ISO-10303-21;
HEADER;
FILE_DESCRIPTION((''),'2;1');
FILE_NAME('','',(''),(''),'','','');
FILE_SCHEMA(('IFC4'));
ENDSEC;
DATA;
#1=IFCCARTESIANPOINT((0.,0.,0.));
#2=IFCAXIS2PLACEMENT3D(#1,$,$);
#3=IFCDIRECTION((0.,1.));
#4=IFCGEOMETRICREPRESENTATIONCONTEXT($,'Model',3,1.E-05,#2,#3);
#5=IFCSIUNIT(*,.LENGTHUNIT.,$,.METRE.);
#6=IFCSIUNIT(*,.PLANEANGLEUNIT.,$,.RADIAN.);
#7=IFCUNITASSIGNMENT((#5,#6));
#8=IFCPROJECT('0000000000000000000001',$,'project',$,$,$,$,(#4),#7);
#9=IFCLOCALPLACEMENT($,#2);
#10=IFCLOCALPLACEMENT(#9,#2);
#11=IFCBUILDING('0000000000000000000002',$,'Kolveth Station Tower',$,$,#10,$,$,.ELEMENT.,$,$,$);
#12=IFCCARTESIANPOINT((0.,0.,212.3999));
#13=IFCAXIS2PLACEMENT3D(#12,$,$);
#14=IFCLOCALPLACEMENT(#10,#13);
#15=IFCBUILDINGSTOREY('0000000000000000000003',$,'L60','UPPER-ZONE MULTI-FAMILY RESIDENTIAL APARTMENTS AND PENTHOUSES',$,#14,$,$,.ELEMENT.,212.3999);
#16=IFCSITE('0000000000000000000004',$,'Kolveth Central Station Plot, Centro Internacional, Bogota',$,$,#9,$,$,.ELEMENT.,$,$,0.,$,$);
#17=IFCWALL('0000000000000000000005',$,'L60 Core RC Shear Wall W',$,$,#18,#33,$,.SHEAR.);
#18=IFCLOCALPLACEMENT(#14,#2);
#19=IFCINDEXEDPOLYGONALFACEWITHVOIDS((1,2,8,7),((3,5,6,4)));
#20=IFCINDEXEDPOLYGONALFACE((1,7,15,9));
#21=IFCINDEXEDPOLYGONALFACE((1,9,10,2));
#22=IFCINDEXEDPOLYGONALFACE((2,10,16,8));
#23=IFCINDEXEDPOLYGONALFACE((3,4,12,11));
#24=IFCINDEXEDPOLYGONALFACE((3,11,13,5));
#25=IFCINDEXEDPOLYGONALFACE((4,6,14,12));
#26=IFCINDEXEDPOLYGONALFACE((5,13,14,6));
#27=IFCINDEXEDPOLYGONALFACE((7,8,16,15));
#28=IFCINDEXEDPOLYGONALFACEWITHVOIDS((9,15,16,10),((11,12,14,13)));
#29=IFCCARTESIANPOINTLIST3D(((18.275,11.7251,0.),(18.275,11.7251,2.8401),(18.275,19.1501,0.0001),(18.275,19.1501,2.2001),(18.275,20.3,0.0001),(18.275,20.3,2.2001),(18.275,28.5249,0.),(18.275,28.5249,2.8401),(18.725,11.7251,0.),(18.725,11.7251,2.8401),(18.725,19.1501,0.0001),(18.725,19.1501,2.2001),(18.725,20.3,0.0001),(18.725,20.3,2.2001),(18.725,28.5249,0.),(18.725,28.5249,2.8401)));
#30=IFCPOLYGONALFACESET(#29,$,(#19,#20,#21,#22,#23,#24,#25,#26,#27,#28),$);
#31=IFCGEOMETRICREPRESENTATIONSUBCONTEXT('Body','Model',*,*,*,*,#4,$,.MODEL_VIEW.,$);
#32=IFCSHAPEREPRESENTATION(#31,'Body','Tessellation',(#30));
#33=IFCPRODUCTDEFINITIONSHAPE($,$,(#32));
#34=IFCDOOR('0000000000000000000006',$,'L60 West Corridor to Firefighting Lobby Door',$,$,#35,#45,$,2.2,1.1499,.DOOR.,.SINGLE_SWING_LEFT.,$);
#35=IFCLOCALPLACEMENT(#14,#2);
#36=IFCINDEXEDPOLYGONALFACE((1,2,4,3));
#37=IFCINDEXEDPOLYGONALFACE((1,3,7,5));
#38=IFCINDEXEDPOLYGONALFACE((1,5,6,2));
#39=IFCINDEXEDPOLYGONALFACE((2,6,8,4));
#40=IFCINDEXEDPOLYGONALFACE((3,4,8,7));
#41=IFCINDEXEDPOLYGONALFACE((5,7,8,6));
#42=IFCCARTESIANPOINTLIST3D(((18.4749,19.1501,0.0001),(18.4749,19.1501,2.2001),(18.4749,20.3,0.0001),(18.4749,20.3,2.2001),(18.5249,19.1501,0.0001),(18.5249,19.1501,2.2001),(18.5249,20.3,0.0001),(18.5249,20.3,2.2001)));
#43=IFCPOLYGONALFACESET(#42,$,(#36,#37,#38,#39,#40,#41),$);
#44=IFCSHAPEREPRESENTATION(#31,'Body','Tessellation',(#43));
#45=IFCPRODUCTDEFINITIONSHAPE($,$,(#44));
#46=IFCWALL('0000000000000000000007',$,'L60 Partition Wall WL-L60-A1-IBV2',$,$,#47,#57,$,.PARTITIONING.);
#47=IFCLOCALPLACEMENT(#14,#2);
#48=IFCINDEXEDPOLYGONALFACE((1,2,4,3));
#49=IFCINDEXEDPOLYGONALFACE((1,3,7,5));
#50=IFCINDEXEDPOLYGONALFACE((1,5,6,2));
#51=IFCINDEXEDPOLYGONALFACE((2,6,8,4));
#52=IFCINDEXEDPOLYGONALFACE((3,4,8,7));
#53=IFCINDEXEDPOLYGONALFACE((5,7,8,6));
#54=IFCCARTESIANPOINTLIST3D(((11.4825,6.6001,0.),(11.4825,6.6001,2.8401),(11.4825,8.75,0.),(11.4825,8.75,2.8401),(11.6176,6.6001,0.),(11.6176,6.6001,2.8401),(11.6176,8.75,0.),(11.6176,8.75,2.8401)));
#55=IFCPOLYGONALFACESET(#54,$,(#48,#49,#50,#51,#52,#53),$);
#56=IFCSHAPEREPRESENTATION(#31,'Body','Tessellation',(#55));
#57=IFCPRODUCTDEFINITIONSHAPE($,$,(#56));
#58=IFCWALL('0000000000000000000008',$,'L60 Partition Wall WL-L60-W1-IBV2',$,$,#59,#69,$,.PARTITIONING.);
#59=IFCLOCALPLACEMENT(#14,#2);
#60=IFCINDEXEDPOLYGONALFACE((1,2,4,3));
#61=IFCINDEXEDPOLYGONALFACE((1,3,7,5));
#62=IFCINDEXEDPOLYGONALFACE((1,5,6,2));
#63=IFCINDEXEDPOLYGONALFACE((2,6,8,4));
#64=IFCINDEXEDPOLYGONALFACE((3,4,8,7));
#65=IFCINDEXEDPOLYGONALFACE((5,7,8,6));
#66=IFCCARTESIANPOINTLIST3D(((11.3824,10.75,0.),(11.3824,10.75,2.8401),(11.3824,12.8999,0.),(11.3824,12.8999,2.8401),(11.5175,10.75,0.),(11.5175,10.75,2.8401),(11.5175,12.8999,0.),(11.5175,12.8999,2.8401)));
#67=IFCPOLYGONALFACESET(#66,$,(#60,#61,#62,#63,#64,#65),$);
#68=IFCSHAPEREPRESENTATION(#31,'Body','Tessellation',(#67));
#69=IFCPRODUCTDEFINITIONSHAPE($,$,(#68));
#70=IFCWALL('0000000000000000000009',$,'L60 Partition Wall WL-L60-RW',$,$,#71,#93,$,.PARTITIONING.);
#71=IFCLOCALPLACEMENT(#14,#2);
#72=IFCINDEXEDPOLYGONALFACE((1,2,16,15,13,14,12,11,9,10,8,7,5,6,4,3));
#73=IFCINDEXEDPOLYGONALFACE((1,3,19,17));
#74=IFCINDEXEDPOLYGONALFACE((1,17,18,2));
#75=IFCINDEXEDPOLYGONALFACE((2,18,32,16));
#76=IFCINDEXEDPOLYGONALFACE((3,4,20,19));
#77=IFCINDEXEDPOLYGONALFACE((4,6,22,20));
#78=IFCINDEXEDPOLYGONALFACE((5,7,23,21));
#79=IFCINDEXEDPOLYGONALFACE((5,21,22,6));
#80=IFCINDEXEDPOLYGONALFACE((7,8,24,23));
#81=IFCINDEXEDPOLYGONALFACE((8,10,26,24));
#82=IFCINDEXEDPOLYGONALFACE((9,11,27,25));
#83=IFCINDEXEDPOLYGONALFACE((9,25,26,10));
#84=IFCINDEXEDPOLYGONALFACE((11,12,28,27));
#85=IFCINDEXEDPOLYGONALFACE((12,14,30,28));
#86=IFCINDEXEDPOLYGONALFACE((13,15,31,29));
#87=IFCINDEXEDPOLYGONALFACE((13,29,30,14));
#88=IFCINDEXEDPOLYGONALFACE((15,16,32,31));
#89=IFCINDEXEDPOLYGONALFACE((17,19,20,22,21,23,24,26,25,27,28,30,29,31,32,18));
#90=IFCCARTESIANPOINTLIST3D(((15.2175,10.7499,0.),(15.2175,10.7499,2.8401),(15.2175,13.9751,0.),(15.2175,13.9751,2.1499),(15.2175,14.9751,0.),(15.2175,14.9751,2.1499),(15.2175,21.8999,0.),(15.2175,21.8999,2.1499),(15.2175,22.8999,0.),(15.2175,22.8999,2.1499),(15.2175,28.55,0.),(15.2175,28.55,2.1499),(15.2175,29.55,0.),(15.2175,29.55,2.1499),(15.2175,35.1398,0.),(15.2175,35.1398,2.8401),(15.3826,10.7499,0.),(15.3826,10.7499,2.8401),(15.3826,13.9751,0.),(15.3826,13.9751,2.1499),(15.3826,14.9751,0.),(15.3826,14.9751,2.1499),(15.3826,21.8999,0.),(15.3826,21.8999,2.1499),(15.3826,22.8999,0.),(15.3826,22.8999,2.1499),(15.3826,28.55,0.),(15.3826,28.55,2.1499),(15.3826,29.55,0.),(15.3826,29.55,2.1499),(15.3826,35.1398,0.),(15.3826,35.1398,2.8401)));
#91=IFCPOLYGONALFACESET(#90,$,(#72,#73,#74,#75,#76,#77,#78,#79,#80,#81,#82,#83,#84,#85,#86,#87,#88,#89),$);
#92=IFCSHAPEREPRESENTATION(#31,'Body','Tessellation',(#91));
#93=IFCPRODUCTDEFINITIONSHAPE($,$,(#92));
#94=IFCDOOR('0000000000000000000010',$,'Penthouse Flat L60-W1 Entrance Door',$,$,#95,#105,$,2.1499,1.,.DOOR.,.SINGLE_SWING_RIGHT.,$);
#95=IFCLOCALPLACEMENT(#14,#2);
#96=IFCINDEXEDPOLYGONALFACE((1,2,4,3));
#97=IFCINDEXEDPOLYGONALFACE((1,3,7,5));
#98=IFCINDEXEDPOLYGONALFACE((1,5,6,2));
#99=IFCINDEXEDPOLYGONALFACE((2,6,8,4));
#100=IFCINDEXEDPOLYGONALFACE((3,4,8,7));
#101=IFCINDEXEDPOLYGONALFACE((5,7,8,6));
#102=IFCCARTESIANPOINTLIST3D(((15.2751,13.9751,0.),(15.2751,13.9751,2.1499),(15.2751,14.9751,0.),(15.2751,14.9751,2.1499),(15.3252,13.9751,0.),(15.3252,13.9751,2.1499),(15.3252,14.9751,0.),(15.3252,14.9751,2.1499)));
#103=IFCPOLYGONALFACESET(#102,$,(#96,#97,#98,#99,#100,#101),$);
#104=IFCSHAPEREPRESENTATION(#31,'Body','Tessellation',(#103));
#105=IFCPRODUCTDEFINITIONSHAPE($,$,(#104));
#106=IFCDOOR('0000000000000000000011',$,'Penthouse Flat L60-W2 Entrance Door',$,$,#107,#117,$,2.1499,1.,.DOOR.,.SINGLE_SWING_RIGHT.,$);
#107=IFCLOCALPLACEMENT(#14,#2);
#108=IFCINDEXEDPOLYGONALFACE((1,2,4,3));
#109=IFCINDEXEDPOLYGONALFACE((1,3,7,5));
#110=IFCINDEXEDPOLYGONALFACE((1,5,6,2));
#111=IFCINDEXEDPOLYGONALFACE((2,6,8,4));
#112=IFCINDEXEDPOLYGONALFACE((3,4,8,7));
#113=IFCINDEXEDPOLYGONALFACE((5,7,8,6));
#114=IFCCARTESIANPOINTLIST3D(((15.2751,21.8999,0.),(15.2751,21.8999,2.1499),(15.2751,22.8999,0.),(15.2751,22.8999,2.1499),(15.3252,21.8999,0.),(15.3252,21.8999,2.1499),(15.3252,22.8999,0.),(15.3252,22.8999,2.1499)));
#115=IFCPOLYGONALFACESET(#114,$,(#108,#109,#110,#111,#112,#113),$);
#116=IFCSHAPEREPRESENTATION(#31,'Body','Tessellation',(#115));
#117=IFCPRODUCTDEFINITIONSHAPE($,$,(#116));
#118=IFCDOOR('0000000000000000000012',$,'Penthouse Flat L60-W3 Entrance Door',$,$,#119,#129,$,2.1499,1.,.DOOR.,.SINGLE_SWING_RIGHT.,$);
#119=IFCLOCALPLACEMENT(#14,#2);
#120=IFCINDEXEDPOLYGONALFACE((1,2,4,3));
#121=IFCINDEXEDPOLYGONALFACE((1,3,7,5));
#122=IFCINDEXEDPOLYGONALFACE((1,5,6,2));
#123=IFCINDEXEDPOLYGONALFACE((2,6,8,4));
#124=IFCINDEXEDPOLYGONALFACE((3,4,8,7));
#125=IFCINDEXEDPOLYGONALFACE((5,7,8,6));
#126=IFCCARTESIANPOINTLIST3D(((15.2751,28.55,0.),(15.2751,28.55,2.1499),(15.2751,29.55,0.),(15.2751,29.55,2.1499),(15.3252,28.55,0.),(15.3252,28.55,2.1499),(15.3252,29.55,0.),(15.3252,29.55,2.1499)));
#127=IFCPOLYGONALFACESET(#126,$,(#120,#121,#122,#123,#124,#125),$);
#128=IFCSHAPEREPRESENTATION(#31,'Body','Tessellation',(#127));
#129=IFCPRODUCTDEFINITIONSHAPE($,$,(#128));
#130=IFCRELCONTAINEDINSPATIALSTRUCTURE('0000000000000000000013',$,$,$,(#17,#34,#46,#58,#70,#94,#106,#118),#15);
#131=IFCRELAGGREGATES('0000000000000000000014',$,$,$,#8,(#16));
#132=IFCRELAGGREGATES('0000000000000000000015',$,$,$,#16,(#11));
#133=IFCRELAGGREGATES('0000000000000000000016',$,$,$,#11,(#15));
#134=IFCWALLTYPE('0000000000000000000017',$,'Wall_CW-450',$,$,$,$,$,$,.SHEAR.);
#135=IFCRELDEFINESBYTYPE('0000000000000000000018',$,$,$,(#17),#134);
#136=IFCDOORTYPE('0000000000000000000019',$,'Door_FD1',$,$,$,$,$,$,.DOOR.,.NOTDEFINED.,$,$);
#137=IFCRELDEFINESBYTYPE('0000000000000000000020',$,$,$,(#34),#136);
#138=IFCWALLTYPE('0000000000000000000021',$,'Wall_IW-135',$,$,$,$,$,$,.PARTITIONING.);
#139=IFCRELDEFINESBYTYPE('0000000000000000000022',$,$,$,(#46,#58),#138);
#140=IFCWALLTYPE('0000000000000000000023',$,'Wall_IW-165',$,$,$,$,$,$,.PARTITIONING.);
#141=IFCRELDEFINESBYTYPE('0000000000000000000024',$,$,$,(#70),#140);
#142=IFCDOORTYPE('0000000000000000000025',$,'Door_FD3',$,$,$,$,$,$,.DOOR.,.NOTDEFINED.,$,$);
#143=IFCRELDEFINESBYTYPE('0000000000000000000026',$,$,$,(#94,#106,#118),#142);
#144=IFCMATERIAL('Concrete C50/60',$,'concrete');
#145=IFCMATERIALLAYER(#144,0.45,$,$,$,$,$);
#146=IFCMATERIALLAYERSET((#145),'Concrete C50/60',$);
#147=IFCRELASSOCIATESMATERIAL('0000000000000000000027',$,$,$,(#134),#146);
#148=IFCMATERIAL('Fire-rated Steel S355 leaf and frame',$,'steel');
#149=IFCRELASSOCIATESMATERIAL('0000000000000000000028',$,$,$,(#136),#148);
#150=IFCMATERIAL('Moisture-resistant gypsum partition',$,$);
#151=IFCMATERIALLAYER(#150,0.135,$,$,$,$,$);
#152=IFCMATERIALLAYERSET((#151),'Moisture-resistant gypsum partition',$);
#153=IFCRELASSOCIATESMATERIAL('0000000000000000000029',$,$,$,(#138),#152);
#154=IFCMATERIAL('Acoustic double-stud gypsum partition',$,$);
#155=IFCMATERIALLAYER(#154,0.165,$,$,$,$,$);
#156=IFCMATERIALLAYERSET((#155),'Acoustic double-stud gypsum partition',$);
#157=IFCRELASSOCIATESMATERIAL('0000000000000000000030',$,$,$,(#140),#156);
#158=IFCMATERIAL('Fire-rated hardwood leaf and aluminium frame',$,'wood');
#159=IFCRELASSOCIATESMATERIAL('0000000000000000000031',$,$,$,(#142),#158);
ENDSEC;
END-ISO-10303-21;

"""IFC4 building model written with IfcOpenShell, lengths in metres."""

from ifc_helpers import new_model, si_unit, direction, frame, frame_2d, origin, place, context, subcontext, project, spatial, rectangle, extrude, material, layer, layer_set, type_object, element, fill, save


model = new_model("IFC4")

# Units and contexts
model_context = context("Model", 3, precision=1e-05, world=origin(), true_north=direction((0.0, 1.0)))
body_context = subcontext(model_context, "Body", "Model", "MODEL_VIEW")
ifc_project = project(units=[si_unit("LENGTHUNIT", "METRE"), si_unit("PLANEANGLEUNIT", "RADIAN")], contexts=[model_context])

# Site, building, storey
site_placement = place(None, origin())
site = spatial("IfcSite", under=ifc_project, at=site_placement, Name="Kolveth Central Station Plot, Centro Internacional, Bogota", CompositionType="ELEMENT", RefElevation=0.0)
building_placement = place(site_placement, origin())
building = spatial("IfcBuilding", under=site, at=building_placement, Name="Kolveth Station Tower", CompositionType="ELEMENT")
storey_placement = place(building_placement, frame((0.0, 0.0, 212.3999)))
storey = spatial("IfcBuildingStorey", under=building, at=storey_placement, Name="L60", Description="UPPER-ZONE MULTI-FAMILY RESIDENTIAL APARTMENTS AND PENTHOUSES", CompositionType="ELEMENT", Elevation=212.3999)

# Shared definitions
ifc_material_1 = material(Name="Concrete C50/60", Category="concrete")
ifc_layer_1 = layer(ifc_material_1, 0.45)
ifc_layer_set_1 = layer_set([ifc_layer_1], Name="Concrete C50/60")
wall_type_1 = type_object("IfcWallType", Name="Wall_CW-450", PredefinedType="SHEAR", material=ifc_layer_set_1)

# Wall, opening, door
wall_1_placement = place(storey_placement, frame((18.5, 11.7251, 0.0), z_axis=(0.0, 0.0, 1.0), x_axis=(0.0, 1.0, 0.0)))
wall_1 = element("IfcWall", 1, at=wall_1_placement, inside=storey, type_object=wall_type_1, Name="L60 Core RC Shear Wall W", PredefinedType="SHEAR", context=body_context, shape_type="SweptSolid", body=[
    extrude(rectangle(XDim=16.7998, YDim=0.45, at=frame_2d((8.3999, 0.0))), origin(), (0.0, 0.0, 1.0), 2.8401),
])
opening_1_placement = place(wall_1_placement, frame((7.425, 0.0, 0.0)))
opening_1 = element("IfcOpeningElement", 2, at=opening_1_placement, cuts=wall_1, PredefinedType="OPENING", context=body_context, shape_type="SweptSolid", body=[
    extrude(rectangle(XDim=1.1499, YDim=2.2, at=frame_2d((0.575, 1.1001))), frame((0.0, 0.2349, 0.0), z_axis=(0.0, -1.0, 0.0), x_axis=(1.0, 0.0, 0.0)), (0.0, 0.0, 1.0), 0.47),
])
ifc_material_2 = material(Name="Fire-rated Steel S355 leaf and frame", Category="steel")
door_type_1 = type_object("IfcDoorType", Name="Door_FD1", OperationType="NOTDEFINED", PredefinedType="DOOR", material=ifc_material_2)
door_1_placement = place(opening_1_placement, frame((1.1499, 0.0, 0.0), z_axis=(0.0, 0.0, 1.0), x_axis=(-1.0, 0.0, 0.0)))
door_1 = element("IfcDoor", 3, at=door_1_placement, inside=storey, type_object=door_type_1, Name="L60 West Corridor to Firefighting Lobby Door", OperationType="SINGLE_SWING_LEFT", OverallHeight=2.2, OverallWidth=1.1499, PredefinedType="DOOR", context=body_context, shape_type="SweptSolid", body=[
    extrude(rectangle(XDim=1.1499, YDim=2.2, at=frame_2d((0.575, 1.1001))), frame((0.0, 0.0249, 0.0), z_axis=(0.0, -1.0, 0.0), x_axis=(1.0, 0.0, 0.0)), (0.0, 0.0, 1.0), 0.05),
])
fill(opening_1, door_1)

# Walls
ifc_material_3 = material(Name="Moisture-resistant gypsum partition")
ifc_layer_2 = layer(ifc_material_3, 0.135)
ifc_layer_set_2 = layer_set([ifc_layer_2], Name="Moisture-resistant gypsum partition")
wall_type_2 = type_object("IfcWallType", Name="Wall_IW-135", PredefinedType="PARTITIONING", material=ifc_layer_set_2)
for number, where, z_axis, x_axis, name in (
    (4, (11.55, 6.6001, 0.0), (0.0, 0.0, 1.0), (0.0, 1.0, 0.0), "L60 Partition Wall WL-L60-A1-IBV2"),
    (5, (11.45, 10.75, 0.0), (0.0, 0.0, 1.0), (0.0, 1.0, 0.0), "L60 Partition Wall WL-L60-W1-IBV2"),
):
    element("IfcWall", number, at=place(storey_placement, frame(where, z_axis=z_axis, x_axis=x_axis)), inside=storey, type_object=wall_type_2, Name=name, PredefinedType="PARTITIONING", context=body_context, shape_type="SweptSolid", body=[
        extrude(rectangle(XDim=2.1499, YDim=0.135, at=frame_2d((1.075, 0.0))), origin(), (0.0, 0.0, 1.0), 2.8401),
    ])

# Wall, openings, doors
ifc_material_4 = material(Name="Acoustic double-stud gypsum partition")
ifc_layer_3 = layer(ifc_material_4, 0.165)
ifc_layer_set_3 = layer_set([ifc_layer_3], Name="Acoustic double-stud gypsum partition")
wall_type_3 = type_object("IfcWallType", Name="Wall_IW-165", PredefinedType="PARTITIONING", material=ifc_layer_set_3)
wall_2_placement = place(storey_placement, frame((15.3, 10.75, 0.0), z_axis=(0.0, 0.0, 1.0), x_axis=(0.0, 1.0, 0.0)))
wall_2 = element("IfcWall", 6, at=wall_2_placement, inside=storey, type_object=wall_type_3, Name="L60 Partition Wall WL-L60-RW", PredefinedType="PARTITIONING", context=body_context, shape_type="SweptSolid", body=[
    extrude(rectangle(XDim=24.3899, YDim=0.165, at=frame_2d((12.1948, 0.0))), origin(), (0.0, 0.0, 1.0), 2.8401),
])
opening_2_placement = place(wall_2_placement, frame((3.2251, 0.0, 0.0)))
opening_2 = element("IfcOpeningElement", 7, at=opening_2_placement, cuts=wall_2, PredefinedType="OPENING", context=body_context, shape_type="SweptSolid", body=[
    extrude(rectangle(XDim=1.0, YDim=2.1499, at=frame_2d((0.5, 1.075))), frame((0.0, 0.0925, 0.0), z_axis=(0.0, -1.0, 0.0), x_axis=(1.0, 0.0, 0.0)), (0.0, 0.0, 1.0), 0.1851),
])
opening_3_placement = place(wall_2_placement, frame((11.1499, 0.0, 0.0)))
opening_3 = element("IfcOpeningElement", 8, at=opening_3_placement, cuts=wall_2, PredefinedType="OPENING", context=body_context, shape_type="SweptSolid", body=[
    extrude(rectangle(XDim=1.0, YDim=2.1499, at=frame_2d((0.5, 1.075))), frame((0.0, 0.0925, 0.0), z_axis=(0.0, -1.0, 0.0), x_axis=(1.0, 0.0, 0.0)), (0.0, 0.0, 1.0), 0.1851),
])
opening_4_placement = place(wall_2_placement, frame((17.8, 0.0, 0.0)))
opening_4 = element("IfcOpeningElement", 9, at=opening_4_placement, cuts=wall_2, PredefinedType="OPENING", context=body_context, shape_type="SweptSolid", body=[
    extrude(rectangle(XDim=1.0, YDim=2.1499, at=frame_2d((0.5, 1.075))), frame((0.0, 0.0925, 0.0), z_axis=(0.0, -1.0, 0.0), x_axis=(1.0, 0.0, 0.0)), (0.0, 0.0, 1.0), 0.1851),
])
ifc_material_5 = material(Name="Fire-rated hardwood leaf and aluminium frame", Category="wood")
door_type_2 = type_object("IfcDoorType", Name="Door_FD3", OperationType="NOTDEFINED", PredefinedType="DOOR", material=ifc_material_5)
door_2_placement = place(opening_2_placement, origin())
door_2 = element("IfcDoor", 10, at=door_2_placement, inside=storey, type_object=door_type_2, Name="Penthouse Flat L60-W1 Entrance Door", OperationType="SINGLE_SWING_RIGHT", OverallHeight=2.1499, OverallWidth=1.0, PredefinedType="DOOR", context=body_context, shape_type="SweptSolid", body=[
    extrude(rectangle(XDim=1.0, YDim=2.1499, at=frame_2d((0.5, 1.075))), frame((0.0, 0.0249, 0.0), z_axis=(0.0, -1.0, 0.0), x_axis=(1.0, 0.0, 0.0)), (0.0, 0.0, 1.0), 0.05),
])
fill(opening_2, door_2)
door_3_placement = place(opening_3_placement, origin())
door_3 = element("IfcDoor", 11, at=door_3_placement, inside=storey, type_object=door_type_2, Name="Penthouse Flat L60-W2 Entrance Door", OperationType="SINGLE_SWING_RIGHT", OverallHeight=2.1499, OverallWidth=1.0, PredefinedType="DOOR", context=body_context, shape_type="SweptSolid", body=[
    extrude(rectangle(XDim=1.0, YDim=2.1499, at=frame_2d((0.5, 1.075))), frame((0.0, 0.0249, 0.0), z_axis=(0.0, -1.0, 0.0), x_axis=(1.0, 0.0, 0.0)), (0.0, 0.0, 1.0), 0.05),
])
fill(opening_3, door_3)
door_4_placement = place(opening_4_placement, origin())
door_4 = element("IfcDoor", 12, at=door_4_placement, inside=storey, type_object=door_type_2, Name="Penthouse Flat L60-W3 Entrance Door", OperationType="SINGLE_SWING_RIGHT", OverallHeight=2.1499, OverallWidth=1.0, PredefinedType="DOOR", context=body_context, shape_type="SweptSolid", body=[
    extrude(rectangle(XDim=1.0, YDim=2.1499, at=frame_2d((0.5, 1.075))), frame((0.0, 0.0249, 0.0), z_axis=(0.0, -1.0, 0.0), x_axis=(1.0, 0.0, 0.0)), (0.0, 0.0, 1.0), 0.05),
])
fill(opening_4, door_4)

save(model, "model.ifc")
